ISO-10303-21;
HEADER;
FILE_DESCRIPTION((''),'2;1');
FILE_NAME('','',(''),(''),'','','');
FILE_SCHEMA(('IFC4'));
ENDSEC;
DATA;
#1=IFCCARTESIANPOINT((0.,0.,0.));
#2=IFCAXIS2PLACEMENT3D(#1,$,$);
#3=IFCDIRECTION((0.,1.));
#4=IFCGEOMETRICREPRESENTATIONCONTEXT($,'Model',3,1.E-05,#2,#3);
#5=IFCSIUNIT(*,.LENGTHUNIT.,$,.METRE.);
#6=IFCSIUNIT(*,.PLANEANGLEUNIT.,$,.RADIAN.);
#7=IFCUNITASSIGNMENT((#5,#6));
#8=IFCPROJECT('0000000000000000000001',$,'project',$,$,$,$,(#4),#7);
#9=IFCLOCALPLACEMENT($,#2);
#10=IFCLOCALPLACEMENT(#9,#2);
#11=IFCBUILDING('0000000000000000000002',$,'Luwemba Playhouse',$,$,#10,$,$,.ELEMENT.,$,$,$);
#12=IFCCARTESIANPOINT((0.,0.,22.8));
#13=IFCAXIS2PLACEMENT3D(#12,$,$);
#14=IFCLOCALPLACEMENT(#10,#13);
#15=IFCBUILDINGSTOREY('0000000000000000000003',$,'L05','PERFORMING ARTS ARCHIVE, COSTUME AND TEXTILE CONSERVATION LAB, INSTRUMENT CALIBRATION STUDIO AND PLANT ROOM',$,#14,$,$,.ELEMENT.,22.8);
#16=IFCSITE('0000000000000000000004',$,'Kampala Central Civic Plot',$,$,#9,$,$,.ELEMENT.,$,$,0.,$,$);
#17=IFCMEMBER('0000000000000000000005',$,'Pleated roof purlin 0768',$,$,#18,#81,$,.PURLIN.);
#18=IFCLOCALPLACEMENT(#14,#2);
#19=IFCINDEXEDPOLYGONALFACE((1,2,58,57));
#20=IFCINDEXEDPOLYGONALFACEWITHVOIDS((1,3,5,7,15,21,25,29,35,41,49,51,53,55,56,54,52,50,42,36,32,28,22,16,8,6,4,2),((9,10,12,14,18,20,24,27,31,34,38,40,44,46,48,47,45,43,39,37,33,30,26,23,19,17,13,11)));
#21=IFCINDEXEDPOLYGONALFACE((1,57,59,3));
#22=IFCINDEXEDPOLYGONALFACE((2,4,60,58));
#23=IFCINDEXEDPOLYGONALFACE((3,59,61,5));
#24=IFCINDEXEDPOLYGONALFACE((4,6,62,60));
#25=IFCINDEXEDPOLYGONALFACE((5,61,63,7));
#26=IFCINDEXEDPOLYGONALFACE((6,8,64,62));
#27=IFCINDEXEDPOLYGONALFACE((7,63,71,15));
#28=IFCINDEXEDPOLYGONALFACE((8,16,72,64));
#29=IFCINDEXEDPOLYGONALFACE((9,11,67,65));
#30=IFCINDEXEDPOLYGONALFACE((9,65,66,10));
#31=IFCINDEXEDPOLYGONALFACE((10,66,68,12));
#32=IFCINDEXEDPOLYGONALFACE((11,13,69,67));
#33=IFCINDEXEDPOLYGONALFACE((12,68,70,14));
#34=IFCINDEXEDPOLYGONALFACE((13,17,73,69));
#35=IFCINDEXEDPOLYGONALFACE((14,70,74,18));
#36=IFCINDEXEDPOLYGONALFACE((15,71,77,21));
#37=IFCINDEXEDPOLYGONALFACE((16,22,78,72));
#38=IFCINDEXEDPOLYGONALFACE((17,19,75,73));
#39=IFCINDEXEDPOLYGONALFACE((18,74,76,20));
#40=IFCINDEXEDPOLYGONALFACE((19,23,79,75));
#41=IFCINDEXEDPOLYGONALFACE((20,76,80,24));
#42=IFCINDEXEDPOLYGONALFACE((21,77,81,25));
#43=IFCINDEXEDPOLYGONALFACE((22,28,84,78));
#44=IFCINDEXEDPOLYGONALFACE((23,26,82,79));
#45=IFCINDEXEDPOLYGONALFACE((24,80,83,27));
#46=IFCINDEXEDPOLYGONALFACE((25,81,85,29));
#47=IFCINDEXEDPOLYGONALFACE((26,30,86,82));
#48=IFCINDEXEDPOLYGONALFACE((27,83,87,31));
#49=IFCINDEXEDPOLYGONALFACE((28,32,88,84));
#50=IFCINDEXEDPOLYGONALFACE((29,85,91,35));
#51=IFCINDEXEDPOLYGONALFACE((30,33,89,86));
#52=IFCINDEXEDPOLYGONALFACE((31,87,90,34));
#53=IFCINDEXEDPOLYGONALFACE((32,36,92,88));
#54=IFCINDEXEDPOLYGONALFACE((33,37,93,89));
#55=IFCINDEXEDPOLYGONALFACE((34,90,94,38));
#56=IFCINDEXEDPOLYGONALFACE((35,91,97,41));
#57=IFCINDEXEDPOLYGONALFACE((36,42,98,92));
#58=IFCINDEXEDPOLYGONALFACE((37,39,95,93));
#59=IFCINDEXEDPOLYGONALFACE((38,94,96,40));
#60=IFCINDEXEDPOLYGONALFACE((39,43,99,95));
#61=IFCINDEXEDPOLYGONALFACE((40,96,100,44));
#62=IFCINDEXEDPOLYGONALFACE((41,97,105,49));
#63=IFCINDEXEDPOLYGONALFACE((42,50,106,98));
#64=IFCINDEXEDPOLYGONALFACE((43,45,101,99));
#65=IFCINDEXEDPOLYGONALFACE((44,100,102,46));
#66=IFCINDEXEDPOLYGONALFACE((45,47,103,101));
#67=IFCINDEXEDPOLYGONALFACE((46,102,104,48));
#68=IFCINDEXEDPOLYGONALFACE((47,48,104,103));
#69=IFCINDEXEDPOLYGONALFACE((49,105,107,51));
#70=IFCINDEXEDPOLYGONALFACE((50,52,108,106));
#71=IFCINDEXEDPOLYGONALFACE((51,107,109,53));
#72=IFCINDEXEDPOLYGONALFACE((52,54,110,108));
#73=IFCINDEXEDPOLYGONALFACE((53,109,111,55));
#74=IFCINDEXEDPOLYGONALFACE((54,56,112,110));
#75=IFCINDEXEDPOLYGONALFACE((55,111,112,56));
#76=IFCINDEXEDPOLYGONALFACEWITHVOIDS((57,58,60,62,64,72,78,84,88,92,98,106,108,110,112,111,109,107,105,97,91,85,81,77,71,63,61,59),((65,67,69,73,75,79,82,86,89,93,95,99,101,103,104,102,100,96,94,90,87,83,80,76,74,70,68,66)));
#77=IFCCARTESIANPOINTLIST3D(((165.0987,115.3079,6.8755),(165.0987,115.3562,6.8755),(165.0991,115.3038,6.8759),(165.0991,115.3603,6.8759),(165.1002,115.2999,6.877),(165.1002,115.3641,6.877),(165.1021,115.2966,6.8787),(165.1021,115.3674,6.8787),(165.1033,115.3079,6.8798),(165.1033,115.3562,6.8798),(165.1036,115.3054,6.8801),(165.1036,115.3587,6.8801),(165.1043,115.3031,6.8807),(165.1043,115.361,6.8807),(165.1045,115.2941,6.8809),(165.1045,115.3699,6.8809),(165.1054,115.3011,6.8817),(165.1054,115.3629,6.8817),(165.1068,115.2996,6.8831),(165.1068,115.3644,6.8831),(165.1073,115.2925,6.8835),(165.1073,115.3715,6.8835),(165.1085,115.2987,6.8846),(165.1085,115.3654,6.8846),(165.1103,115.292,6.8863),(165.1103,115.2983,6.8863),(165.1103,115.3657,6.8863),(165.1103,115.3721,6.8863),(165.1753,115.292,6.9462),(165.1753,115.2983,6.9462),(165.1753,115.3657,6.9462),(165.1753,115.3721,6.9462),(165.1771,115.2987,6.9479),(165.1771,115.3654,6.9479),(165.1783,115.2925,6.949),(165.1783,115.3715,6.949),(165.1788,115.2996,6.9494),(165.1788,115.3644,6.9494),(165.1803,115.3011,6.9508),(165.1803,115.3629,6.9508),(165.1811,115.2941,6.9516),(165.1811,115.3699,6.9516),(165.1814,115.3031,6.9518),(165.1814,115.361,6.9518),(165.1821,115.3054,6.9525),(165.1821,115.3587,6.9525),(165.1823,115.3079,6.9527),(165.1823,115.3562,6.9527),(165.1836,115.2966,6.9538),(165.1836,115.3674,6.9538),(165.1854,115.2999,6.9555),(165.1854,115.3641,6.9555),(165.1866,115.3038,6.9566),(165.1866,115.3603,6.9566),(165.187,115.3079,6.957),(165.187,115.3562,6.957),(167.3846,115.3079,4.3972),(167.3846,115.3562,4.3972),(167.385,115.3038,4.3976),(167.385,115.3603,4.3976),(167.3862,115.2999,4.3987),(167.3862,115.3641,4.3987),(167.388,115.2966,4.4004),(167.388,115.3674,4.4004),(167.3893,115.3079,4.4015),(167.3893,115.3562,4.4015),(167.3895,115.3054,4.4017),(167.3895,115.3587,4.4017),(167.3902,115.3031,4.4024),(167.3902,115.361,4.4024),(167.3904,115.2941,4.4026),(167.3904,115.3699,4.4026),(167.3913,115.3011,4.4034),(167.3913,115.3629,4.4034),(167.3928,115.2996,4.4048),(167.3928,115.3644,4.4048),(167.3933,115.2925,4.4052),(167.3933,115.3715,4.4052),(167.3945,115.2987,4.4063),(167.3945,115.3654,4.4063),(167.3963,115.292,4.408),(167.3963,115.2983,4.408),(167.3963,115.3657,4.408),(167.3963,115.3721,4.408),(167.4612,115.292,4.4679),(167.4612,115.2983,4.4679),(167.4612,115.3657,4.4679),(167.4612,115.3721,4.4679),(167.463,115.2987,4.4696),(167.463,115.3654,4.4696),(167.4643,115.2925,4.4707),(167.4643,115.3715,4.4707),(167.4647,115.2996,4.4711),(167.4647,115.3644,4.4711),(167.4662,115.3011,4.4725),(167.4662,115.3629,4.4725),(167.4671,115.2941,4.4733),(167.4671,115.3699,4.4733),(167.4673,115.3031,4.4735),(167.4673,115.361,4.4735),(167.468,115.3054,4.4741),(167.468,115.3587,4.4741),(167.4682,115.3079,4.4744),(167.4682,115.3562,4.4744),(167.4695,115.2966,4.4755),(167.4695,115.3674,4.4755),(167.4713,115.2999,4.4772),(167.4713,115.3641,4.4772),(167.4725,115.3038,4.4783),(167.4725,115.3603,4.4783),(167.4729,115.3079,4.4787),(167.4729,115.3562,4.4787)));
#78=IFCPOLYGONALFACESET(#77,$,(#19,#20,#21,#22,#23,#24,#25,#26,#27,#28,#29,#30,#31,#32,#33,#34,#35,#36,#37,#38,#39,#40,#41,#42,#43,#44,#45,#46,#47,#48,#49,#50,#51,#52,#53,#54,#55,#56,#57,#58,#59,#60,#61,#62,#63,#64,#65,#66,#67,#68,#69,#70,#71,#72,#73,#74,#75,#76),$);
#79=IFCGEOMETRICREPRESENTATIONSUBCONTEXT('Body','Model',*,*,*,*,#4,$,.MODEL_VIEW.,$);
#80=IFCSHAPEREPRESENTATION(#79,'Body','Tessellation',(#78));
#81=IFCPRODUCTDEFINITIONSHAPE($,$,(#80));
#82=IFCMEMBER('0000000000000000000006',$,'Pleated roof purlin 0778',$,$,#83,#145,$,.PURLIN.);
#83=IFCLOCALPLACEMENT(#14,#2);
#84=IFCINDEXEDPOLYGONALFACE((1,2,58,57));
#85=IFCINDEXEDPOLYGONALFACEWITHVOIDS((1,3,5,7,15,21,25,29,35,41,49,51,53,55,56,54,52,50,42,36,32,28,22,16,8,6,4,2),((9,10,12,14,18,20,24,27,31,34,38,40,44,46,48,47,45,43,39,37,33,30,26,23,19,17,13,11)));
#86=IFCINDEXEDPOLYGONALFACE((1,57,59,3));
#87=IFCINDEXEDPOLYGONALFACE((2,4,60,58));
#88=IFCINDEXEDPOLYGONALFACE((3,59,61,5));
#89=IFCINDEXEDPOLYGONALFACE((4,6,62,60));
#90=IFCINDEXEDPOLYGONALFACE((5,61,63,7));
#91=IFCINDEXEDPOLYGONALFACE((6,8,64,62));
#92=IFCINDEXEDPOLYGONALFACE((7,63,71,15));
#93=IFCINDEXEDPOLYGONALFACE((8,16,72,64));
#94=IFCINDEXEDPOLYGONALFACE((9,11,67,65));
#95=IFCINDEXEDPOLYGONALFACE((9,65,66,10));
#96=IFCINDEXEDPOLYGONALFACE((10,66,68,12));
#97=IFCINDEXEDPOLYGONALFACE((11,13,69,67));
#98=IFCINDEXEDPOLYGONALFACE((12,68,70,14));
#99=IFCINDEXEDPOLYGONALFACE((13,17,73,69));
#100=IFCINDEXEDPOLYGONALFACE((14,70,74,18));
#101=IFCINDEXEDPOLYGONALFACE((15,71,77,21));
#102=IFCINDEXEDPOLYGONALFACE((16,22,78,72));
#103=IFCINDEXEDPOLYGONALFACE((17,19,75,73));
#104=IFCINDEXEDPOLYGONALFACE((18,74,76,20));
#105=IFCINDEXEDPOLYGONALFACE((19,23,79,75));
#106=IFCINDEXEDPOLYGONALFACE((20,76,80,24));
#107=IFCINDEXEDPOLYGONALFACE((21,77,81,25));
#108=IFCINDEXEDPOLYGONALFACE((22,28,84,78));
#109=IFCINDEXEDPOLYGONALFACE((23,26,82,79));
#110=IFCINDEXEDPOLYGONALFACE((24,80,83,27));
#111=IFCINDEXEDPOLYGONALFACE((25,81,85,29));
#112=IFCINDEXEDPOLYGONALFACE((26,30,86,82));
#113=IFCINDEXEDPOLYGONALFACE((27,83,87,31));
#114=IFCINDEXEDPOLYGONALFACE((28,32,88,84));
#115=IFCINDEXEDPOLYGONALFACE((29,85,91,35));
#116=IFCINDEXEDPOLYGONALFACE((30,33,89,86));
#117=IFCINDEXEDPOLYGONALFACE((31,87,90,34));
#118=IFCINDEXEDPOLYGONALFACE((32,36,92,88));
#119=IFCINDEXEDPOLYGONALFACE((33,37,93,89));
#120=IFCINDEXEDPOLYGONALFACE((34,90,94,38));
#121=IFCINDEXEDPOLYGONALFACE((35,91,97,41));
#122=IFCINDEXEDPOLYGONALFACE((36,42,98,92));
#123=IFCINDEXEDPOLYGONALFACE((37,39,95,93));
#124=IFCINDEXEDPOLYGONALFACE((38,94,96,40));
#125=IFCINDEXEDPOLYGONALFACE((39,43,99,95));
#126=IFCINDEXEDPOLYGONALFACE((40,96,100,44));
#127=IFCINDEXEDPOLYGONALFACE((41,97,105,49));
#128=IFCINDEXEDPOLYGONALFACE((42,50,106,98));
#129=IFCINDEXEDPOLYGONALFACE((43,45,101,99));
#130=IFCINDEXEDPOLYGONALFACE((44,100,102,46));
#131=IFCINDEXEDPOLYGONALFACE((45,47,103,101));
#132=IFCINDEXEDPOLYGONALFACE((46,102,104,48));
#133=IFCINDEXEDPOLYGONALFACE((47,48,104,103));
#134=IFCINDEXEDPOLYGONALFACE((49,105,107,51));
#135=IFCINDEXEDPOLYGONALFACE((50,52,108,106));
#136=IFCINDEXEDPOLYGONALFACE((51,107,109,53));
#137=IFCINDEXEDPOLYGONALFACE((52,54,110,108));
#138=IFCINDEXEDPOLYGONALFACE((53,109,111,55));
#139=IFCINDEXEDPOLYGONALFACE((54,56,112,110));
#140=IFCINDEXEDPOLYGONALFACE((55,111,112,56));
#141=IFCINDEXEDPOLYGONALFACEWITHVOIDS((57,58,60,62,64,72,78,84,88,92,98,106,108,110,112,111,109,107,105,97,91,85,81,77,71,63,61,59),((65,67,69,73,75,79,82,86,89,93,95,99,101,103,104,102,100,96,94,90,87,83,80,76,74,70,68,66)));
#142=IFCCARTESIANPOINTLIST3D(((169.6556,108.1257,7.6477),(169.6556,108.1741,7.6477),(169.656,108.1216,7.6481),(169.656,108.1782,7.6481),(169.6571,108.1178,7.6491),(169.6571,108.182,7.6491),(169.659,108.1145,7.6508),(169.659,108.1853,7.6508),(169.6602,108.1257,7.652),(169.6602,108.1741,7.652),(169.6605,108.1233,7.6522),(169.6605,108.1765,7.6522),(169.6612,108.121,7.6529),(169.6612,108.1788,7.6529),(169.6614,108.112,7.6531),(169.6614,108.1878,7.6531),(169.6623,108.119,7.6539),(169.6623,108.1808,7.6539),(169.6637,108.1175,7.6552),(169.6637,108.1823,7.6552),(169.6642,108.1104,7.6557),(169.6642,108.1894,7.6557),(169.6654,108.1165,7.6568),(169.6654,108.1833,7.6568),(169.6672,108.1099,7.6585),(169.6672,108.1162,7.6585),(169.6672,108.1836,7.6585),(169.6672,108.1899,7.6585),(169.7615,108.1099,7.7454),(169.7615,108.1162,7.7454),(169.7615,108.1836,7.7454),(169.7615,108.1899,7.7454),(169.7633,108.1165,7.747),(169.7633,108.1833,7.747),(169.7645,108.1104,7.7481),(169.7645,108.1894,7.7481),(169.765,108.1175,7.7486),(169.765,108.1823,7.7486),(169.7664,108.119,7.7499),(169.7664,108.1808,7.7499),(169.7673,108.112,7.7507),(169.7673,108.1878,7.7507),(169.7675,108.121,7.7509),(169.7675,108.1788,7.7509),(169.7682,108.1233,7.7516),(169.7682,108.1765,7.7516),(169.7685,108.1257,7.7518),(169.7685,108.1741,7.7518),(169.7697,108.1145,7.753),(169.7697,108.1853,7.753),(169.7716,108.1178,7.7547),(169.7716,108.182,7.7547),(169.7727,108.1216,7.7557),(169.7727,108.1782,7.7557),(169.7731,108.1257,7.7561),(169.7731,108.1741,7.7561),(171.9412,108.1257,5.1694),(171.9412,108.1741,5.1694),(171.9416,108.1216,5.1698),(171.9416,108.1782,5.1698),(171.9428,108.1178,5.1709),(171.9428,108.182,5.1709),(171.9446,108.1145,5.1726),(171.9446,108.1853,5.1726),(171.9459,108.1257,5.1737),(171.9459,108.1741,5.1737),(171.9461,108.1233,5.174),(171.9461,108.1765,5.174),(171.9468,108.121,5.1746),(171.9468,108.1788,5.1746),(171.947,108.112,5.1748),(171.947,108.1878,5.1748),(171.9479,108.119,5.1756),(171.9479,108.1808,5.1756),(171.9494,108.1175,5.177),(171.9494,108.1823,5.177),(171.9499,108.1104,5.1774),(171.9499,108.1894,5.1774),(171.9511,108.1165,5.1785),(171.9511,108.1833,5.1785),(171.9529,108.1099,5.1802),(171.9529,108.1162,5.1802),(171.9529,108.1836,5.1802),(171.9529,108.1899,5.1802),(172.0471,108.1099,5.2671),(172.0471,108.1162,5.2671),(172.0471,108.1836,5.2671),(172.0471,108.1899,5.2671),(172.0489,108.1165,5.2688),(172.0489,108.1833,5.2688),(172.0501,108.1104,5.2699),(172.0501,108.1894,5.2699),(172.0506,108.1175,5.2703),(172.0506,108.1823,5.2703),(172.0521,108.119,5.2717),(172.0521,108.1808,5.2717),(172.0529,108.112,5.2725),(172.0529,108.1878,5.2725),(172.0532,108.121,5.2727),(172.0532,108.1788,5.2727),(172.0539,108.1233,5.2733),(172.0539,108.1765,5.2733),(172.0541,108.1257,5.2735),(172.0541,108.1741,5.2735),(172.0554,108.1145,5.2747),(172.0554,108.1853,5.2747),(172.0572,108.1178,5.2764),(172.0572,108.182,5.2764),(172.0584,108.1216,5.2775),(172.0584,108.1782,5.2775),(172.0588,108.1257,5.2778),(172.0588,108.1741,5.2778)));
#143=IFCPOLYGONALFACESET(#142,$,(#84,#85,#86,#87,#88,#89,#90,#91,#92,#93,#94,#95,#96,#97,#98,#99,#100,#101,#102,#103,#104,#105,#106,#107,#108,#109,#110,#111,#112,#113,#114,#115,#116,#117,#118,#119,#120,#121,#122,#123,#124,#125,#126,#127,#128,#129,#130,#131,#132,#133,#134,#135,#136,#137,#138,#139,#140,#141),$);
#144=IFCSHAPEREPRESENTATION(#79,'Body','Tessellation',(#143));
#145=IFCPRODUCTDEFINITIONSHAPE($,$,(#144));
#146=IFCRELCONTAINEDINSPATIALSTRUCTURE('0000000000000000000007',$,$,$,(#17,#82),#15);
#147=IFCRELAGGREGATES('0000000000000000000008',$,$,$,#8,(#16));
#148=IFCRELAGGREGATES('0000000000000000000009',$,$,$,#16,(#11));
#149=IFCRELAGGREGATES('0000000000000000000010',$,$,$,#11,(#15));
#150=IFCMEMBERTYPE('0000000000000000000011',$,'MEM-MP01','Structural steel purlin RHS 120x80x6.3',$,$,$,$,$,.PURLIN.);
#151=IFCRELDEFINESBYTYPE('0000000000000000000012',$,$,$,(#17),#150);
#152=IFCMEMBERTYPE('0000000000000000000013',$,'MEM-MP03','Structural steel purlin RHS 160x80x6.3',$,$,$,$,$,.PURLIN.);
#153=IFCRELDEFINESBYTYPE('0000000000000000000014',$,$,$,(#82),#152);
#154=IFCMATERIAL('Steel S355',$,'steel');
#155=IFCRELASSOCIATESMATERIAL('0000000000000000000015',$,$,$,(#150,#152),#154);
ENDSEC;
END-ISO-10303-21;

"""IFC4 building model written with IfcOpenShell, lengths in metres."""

from ifc_helpers import new_model, si_unit, direction, frame, origin, origin_2d, place, context, subcontext, project, spatial, hollow_rectangle, extrude, material, material_profile, profile_set, type_object, element, save


model = new_model("IFC4")

# Units and contexts
model_context = context("Model", 3, precision=1e-05, world=origin(), true_north=direction((0.0, 1.0)))
body_context = subcontext(model_context, "Body", "Model", "MODEL_VIEW")
ifc_project = project(units=[si_unit("LENGTHUNIT", "METRE"), si_unit("PLANEANGLEUNIT", "RADIAN")], contexts=[model_context])

# Site, building, storey
site_placement = place(None, origin())
site = spatial("IfcSite", under=ifc_project, at=site_placement, Name="Kampala Central Civic Plot", CompositionType="ELEMENT", RefElevation=0.0)
building_placement = place(site_placement, origin())
building = spatial("IfcBuilding", under=site, at=building_placement, Name="Luwemba Playhouse", CompositionType="ELEMENT")
storey_placement = place(building_placement, frame((0.0, 0.0, 22.8)))
storey = spatial("IfcBuildingStorey", under=building, at=storey_placement, Name="L05", Description="PERFORMING ARTS ARCHIVE, COSTUME AND TEXTILE CONSERVATION LAB, INSTRUMENT CALIBRATION STUDIO AND PLANT ROOM", CompositionType="ELEMENT", Elevation=22.8)

# Shared definitions
ifc_material_1 = material(Name="Steel S355", Category="steel")

# Members
ifc_material_profile_1 = material_profile(ifc_material_1, hollow_rectangle(XDim=0.0801, YDim=0.1201, WallThickness=0.0063, InnerFilletRadius=0.0095, OuterFilletRadius=0.0159, at=origin_2d()))
ifc_profile_set_1 = profile_set([ifc_material_profile_1], Name="Steel S355")
member_type_1 = type_object("IfcMemberType", Name="MEM-MP01", Description="Structural steel purlin RHS 120x80x6.3", PredefinedType="PURLIN", material=ifc_profile_set_1)
member_1_placement = place(storey_placement, frame((165.1428, 115.332, 6.9163), z_axis=(0.678, 0.0, -0.735062), x_axis=(0.0, 1.0, 0.0)))
element("IfcMember", 1, at=member_1_placement, inside=storey, type_object=member_type_1, Name="Pleated roof purlin 0768", PredefinedType="PURLIN", context=body_context, shape_type="SweptSolid", body=[
    extrude(hollow_rectangle(XDim=0.0801, YDim=0.1201, WallThickness=0.0063, InnerFilletRadius=0.0095, OuterFilletRadius=0.0159, at=origin_2d()), origin(), (0.0, 0.0, 1.0), 3.3716),
])
ifc_material_profile_2 = material_profile(ifc_material_1, hollow_rectangle(XDim=0.0801, YDim=0.1599, WallThickness=0.0063, InnerFilletRadius=0.0095, OuterFilletRadius=0.0159, at=origin_2d()))
ifc_profile_set_2 = profile_set([ifc_material_profile_2], Name="Steel S355")
member_type_2 = type_object("IfcMemberType", Name="MEM-MP03", Description="Structural steel purlin RHS 160x80x6.3", PredefinedType="PURLIN", material=ifc_profile_set_2)
member_2_placement = place(storey_placement, frame((169.7144, 108.1499, 7.7019), z_axis=(0.677961, 0.0, -0.735098), x_axis=(0.0, 1.0, 0.0)))
element("IfcMember", 2, at=member_2_placement, inside=storey, type_object=member_type_2, Name="Pleated roof purlin 0778", PredefinedType="PURLIN", context=body_context, shape_type="SweptSolid", body=[
    extrude(hollow_rectangle(XDim=0.0801, YDim=0.1599, WallThickness=0.0063, InnerFilletRadius=0.0095, OuterFilletRadius=0.0159, at=origin_2d()), origin(), (0.0, 0.0, 1.0), 3.3713),
])

save(model, "model.ifc")
